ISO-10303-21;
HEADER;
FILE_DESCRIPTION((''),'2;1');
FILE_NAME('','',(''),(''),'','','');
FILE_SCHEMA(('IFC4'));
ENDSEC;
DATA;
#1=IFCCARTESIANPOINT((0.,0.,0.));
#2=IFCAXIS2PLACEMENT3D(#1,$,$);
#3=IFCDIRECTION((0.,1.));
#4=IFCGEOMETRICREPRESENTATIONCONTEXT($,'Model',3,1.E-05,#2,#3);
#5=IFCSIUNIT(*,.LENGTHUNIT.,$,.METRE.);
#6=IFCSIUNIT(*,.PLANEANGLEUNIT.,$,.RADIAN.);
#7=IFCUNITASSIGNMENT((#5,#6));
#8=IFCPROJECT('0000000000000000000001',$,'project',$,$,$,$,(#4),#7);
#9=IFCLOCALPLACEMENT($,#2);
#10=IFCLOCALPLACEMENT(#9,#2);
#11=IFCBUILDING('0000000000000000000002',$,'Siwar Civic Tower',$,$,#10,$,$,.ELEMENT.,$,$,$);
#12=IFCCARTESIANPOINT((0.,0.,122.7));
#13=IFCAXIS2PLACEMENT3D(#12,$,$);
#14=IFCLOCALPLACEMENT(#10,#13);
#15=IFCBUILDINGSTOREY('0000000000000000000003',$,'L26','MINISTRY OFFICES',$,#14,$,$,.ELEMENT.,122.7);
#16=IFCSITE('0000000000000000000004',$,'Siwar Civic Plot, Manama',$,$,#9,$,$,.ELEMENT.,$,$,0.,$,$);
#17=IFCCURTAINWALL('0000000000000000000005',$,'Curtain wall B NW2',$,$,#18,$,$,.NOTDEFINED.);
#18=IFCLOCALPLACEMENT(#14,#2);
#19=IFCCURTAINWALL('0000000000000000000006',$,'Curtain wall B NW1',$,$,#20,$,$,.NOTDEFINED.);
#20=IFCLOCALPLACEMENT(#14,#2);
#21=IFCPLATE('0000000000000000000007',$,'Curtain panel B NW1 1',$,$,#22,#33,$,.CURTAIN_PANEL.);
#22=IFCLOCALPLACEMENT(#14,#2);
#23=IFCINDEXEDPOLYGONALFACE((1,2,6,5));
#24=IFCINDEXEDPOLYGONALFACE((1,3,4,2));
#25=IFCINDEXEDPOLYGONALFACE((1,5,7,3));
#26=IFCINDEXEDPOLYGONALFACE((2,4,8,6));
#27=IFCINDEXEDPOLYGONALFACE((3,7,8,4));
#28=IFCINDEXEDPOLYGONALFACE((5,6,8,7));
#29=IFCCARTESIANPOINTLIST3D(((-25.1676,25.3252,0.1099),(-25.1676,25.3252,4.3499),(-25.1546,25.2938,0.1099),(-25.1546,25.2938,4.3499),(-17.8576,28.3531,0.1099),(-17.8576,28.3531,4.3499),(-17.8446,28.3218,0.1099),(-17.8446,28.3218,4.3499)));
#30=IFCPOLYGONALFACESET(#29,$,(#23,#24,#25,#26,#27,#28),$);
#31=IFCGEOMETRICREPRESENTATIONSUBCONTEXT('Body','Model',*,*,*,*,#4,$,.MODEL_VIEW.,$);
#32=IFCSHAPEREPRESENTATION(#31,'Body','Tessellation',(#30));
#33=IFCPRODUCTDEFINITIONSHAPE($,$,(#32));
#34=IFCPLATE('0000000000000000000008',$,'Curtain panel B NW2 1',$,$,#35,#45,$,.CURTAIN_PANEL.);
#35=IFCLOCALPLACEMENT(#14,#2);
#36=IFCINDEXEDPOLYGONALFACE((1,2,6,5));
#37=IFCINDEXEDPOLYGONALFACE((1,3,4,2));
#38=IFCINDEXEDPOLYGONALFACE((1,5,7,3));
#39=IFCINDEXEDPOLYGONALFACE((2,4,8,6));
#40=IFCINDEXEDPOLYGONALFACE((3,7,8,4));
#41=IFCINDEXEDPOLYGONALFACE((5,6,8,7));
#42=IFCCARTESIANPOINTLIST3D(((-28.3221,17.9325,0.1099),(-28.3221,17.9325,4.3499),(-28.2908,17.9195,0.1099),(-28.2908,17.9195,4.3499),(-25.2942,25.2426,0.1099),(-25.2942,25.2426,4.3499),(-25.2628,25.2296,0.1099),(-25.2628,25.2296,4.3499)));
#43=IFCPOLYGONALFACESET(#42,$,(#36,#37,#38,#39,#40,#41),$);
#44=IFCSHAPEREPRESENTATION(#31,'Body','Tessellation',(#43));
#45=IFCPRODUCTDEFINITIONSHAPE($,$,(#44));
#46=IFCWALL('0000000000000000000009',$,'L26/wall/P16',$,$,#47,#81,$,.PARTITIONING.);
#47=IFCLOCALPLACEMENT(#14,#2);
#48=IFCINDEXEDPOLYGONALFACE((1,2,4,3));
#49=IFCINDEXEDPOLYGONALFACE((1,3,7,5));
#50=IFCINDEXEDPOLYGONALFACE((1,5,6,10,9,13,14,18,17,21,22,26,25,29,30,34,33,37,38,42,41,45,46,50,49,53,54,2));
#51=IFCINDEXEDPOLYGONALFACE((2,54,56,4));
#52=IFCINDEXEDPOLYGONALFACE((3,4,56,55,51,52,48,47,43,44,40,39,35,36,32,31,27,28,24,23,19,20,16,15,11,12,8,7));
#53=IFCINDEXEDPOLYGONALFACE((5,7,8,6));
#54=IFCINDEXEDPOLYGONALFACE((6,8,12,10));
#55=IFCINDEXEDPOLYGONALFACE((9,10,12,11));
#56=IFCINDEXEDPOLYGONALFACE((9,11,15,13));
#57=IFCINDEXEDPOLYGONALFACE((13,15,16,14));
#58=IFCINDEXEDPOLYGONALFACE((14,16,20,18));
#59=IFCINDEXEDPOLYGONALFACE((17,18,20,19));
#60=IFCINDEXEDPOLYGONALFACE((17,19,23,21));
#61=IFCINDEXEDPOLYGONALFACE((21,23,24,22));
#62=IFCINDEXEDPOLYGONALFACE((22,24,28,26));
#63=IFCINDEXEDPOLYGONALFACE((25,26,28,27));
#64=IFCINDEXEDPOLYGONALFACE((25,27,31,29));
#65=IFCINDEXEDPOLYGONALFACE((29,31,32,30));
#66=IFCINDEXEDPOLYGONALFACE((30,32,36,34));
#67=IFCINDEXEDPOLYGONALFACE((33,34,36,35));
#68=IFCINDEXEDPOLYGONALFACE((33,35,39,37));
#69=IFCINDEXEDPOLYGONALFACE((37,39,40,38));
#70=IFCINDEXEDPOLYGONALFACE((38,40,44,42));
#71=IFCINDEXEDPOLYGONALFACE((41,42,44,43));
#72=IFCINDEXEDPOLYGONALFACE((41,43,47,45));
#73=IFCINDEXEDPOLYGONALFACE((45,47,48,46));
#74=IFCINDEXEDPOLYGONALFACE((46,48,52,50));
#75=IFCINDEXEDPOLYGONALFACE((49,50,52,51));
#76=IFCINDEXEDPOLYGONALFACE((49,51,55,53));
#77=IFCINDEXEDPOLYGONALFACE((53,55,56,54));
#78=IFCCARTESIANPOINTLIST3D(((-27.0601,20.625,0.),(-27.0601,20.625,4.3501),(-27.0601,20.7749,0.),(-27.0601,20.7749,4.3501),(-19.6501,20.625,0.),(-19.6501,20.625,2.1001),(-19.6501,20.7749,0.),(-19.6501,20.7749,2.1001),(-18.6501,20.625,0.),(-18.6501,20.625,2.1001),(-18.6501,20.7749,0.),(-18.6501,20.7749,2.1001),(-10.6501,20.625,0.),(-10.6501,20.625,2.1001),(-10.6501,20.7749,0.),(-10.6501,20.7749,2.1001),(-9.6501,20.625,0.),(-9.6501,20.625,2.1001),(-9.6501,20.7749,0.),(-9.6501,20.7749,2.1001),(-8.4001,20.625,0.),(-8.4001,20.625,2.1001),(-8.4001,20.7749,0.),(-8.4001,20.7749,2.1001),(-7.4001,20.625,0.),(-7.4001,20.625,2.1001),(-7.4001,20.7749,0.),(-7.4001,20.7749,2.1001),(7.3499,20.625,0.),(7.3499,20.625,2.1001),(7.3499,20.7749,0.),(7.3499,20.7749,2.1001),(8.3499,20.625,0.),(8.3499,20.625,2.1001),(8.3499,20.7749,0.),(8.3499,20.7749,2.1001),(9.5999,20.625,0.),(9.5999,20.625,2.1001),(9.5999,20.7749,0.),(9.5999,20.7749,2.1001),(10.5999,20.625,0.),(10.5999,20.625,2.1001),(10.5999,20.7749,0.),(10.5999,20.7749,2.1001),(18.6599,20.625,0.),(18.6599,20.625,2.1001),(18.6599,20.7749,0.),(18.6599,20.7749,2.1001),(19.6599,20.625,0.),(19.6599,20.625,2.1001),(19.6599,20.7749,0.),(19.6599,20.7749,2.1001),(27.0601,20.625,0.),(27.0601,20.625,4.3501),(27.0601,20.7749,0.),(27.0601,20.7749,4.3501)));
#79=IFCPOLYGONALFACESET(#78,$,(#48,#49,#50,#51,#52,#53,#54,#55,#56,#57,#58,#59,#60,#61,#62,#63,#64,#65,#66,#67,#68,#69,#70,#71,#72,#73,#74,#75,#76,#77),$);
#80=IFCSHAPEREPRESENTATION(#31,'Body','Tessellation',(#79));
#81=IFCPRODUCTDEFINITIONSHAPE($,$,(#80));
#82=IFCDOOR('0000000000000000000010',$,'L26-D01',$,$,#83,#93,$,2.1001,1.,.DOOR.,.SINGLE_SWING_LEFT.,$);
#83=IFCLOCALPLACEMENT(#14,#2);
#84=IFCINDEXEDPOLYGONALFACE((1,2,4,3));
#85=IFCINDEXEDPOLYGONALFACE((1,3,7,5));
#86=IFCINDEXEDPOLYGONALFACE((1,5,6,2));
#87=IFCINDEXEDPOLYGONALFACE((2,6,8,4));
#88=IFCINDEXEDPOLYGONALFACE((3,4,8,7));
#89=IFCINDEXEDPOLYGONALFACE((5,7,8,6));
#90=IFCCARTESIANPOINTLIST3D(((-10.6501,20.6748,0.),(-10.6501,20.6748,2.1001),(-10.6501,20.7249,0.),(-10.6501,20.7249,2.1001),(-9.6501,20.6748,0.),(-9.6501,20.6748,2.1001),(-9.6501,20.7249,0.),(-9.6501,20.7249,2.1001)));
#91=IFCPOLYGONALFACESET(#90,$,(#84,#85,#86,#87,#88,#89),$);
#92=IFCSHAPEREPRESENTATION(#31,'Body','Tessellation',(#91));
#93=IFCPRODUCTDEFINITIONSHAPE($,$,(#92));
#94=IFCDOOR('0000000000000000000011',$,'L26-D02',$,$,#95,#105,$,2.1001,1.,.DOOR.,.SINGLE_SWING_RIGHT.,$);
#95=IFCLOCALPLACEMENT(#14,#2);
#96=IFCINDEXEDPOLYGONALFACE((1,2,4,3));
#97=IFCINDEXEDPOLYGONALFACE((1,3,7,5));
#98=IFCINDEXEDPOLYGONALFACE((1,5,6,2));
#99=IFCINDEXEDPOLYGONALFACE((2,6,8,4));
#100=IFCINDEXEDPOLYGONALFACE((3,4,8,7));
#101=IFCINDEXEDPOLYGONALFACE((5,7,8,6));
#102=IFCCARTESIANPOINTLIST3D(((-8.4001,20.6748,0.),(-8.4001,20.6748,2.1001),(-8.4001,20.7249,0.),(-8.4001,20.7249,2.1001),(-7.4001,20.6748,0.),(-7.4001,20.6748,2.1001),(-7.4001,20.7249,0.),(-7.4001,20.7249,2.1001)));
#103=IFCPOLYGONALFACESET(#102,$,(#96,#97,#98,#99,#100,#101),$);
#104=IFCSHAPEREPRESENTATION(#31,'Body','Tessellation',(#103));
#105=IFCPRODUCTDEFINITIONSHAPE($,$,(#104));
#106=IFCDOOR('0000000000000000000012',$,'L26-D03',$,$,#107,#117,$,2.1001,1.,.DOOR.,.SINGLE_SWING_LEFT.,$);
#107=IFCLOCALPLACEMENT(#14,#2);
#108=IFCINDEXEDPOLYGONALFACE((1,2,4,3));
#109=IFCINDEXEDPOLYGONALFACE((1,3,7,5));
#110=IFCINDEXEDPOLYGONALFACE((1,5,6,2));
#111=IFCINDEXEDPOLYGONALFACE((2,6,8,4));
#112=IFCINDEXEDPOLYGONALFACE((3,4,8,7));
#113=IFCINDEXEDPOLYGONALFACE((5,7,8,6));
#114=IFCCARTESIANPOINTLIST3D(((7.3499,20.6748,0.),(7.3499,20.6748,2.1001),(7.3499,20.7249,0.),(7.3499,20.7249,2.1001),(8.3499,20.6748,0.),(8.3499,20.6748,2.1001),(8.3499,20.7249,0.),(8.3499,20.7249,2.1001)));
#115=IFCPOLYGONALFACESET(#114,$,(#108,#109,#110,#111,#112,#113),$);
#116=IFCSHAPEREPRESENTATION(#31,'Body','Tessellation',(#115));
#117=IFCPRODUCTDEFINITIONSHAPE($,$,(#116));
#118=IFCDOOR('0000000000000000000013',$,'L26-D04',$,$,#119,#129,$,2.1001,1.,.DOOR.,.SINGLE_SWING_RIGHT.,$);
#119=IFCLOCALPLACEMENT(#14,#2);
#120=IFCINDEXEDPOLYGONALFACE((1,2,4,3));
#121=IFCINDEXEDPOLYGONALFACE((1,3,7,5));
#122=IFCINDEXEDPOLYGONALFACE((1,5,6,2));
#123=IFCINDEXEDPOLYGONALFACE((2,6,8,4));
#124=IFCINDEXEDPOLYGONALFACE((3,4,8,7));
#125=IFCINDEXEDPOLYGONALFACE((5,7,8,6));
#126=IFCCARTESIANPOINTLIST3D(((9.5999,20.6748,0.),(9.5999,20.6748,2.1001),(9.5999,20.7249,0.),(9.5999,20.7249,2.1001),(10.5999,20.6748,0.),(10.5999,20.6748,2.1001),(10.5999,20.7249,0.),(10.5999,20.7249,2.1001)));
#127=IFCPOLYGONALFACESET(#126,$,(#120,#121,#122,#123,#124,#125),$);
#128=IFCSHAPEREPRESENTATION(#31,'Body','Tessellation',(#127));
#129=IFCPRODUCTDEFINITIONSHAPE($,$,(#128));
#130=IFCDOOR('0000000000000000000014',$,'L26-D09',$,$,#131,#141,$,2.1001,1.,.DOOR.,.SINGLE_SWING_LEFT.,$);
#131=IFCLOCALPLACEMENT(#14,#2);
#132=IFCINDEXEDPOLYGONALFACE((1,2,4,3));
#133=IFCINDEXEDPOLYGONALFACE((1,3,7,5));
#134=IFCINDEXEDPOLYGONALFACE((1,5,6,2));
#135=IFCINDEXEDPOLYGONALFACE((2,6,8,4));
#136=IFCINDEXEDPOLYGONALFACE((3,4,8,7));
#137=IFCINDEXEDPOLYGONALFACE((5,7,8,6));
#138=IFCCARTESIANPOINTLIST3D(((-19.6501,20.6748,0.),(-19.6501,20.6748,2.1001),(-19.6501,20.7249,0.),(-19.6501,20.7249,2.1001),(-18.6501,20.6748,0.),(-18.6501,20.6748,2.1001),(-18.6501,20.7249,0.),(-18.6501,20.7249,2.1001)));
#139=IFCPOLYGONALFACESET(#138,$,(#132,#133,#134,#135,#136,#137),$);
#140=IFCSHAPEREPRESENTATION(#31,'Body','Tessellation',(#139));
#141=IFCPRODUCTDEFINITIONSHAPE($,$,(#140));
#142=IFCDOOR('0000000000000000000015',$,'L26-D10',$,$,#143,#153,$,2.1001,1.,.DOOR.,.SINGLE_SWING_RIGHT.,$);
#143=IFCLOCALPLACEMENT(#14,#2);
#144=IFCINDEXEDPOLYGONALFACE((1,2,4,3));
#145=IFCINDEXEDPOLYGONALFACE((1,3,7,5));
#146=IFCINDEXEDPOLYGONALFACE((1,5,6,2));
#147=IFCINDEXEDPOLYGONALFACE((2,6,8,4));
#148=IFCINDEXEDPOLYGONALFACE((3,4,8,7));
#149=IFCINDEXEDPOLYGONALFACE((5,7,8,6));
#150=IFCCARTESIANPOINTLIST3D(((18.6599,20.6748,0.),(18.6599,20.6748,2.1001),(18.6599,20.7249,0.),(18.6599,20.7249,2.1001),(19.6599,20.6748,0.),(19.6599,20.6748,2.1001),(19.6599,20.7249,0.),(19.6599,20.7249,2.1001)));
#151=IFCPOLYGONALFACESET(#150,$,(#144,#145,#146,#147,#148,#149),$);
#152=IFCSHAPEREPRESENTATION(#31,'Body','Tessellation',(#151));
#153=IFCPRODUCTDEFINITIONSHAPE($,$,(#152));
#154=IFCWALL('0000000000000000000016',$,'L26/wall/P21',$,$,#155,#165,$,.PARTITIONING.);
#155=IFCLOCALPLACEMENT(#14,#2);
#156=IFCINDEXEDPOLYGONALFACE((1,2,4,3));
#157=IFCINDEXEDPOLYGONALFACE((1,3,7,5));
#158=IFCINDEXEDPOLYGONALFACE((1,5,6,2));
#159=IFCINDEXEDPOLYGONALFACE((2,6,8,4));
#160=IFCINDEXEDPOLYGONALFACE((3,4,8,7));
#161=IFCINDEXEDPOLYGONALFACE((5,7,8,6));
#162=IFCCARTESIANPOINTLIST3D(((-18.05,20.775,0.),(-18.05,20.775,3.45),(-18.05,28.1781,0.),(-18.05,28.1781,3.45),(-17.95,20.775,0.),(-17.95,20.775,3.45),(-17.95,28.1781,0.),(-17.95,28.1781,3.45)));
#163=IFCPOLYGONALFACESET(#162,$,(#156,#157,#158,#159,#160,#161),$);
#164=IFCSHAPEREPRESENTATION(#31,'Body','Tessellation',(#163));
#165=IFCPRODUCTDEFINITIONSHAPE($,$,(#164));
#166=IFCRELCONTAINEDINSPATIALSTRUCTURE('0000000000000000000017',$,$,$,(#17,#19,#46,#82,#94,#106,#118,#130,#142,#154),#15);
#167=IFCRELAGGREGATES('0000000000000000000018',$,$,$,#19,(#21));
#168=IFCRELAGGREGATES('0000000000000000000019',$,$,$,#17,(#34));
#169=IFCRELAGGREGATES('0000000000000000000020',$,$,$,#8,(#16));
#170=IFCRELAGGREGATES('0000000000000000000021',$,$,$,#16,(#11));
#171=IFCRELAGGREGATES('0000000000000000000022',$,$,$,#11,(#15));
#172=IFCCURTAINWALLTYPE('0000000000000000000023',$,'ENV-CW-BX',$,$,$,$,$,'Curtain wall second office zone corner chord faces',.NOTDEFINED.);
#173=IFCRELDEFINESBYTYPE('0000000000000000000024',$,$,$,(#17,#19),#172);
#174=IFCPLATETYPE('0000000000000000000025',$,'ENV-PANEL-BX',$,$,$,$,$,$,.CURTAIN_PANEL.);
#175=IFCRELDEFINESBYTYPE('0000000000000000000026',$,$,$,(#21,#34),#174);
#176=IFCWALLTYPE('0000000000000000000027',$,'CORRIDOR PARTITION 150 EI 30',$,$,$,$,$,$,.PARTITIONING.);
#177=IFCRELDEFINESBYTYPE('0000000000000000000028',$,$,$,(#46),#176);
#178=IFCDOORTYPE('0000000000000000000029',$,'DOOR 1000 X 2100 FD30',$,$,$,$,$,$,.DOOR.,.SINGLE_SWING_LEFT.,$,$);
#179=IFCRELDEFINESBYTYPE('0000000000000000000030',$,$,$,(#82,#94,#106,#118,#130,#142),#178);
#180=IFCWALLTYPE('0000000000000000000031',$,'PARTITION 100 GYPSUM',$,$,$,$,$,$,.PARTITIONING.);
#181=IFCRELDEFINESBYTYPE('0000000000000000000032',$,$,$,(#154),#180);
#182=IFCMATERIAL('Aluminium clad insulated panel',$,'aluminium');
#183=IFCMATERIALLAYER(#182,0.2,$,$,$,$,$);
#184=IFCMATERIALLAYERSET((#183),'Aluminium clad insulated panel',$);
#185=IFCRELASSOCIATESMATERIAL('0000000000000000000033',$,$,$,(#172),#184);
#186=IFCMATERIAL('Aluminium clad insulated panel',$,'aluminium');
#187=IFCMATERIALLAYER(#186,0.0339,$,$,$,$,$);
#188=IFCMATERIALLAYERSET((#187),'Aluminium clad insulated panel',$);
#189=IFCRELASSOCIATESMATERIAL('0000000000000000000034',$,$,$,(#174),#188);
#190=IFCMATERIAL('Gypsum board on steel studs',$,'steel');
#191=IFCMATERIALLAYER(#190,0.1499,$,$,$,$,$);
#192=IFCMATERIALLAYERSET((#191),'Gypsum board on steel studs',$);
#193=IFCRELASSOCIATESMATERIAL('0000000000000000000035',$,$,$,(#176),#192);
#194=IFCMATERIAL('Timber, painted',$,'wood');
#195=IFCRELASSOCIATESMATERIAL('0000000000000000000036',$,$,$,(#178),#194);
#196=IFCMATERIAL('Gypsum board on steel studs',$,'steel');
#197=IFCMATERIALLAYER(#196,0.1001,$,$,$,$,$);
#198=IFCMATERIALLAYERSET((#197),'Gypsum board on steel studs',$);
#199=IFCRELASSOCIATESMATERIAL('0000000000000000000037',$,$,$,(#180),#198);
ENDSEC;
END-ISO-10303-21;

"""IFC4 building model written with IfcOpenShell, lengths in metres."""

from ifc_helpers import new_model, si_unit, direction, frame, frame_2d, origin, origin_2d, place, context, subcontext, project, spatial, rectangle, extrude, material, layer, layer_set, type_object, element, fill, aggregate, save


model = new_model("IFC4")

# Units and contexts
model_context = context("Model", 3, precision=1e-05, world=origin(), true_north=direction((0.0, 1.0)))
body_context = subcontext(model_context, "Body", "Model", "MODEL_VIEW")
ifc_project = project(units=[si_unit("LENGTHUNIT", "METRE"), si_unit("PLANEANGLEUNIT", "RADIAN")], contexts=[model_context])

# Site, building, storey
site_placement = place(None, origin())
site = spatial("IfcSite", under=ifc_project, at=site_placement, Name="Siwar Civic Plot, Manama", CompositionType="ELEMENT", RefElevation=0.0)
building_placement = place(site_placement, origin())
building = spatial("IfcBuilding", under=site, at=building_placement, Name="Siwar Civic Tower", CompositionType="ELEMENT")
storey_placement = place(building_placement, frame((0.0, 0.0, 122.7)))
storey = spatial("IfcBuildingStorey", under=building, at=storey_placement, Name="L26", Description="MINISTRY OFFICES", CompositionType="ELEMENT", Elevation=122.7)

# Curtain walls
ifc_material_1 = material(Name="Aluminium clad insulated panel", Category="aluminium")
ifc_layer_1 = layer(ifc_material_1, 0.2)
ifc_layer_set_1 = layer_set([ifc_layer_1], Name="Aluminium clad insulated panel")
curtain_wall_type = type_object("IfcCurtainWallType", Name="ENV-CW-BX", ElementType="Curtain wall second office zone corner chord faces", PredefinedType="NOTDEFINED", material=ifc_layer_set_1)
curtain_wall_1_placement = place(storey_placement, origin())
curtain_wall_1 = element("IfcCurtainWall", 1, at=curtain_wall_1_placement, inside=storey, type_object=curtain_wall_type, Name="Curtain wall B NW2", PredefinedType="NOTDEFINED")
curtain_wall_2_placement = place(storey_placement, origin())
curtain_wall_2 = element("IfcCurtainWall", 2, at=curtain_wall_2_placement, inside=storey, type_object=curtain_wall_type, Name="Curtain wall B NW1", PredefinedType="NOTDEFINED")

# Plates
ifc_material_2 = material(Name="Aluminium clad insulated panel", Category="aluminium")
ifc_layer_2 = layer(ifc_material_2, 0.0339)
ifc_layer_set_2 = layer_set([ifc_layer_2], Name="Aluminium clad insulated panel")
plate_type = type_object("IfcPlateType", Name="ENV-PANEL-BX", PredefinedType="CURTAIN_PANEL", material=ifc_layer_set_2)
plate_1_placement = place(storey_placement, frame((-21.5061, 26.8235, 0.1099), z_axis=(0.0, 0.0, 1.0), x_axis=(-0.92388, -0.382683, 0.0)))
plate_1 = element("IfcPlate", 3, at=plate_1_placement, type_object=plate_type, Name="Curtain panel B NW1 1", PredefinedType="CURTAIN_PANEL", context=body_context, shape_type="SweptSolid", body=[
    extrude(rectangle(XDim=7.9124, YDim=0.0339, at=origin_2d()), origin(), (0.0, 0.0, 1.0), 4.24),
])
aggregate(curtain_wall_2, [plate_1])
plate_2_placement = place(storey_placement, frame((-26.7925, 21.5811, 0.1099), z_axis=(0.0, 0.0, 1.0), x_axis=(-0.382683, -0.92388, 0.0)))
plate_2 = element("IfcPlate", 4, at=plate_2_placement, type_object=plate_type, Name="Curtain panel B NW2 1", PredefinedType="CURTAIN_PANEL", context=body_context, shape_type="SweptSolid", body=[
    extrude(rectangle(XDim=7.9124, YDim=0.0339, at=origin_2d()), origin(), (0.0, 0.0, 1.0), 4.24),
])
aggregate(curtain_wall_1, [plate_2])

# Wall, openings, doors
ifc_material_3 = material(Name="Gypsum board on steel studs", Category="steel")
ifc_layer_3 = layer(ifc_material_3, 0.1499)
ifc_layer_set_3 = layer_set([ifc_layer_3], Name="Gypsum board on steel studs")
wall_type_1 = type_object("IfcWallType", Name="CORRIDOR PARTITION 150 EI 30", PredefinedType="PARTITIONING", material=ifc_layer_set_3)
wall_1_placement = place(storey_placement, frame((-27.0601, 20.7, 0.0), z_axis=(0.0, 0.0, 1.0), x_axis=(1.0, 0.0, 0.0)))
wall_1 = element("IfcWall", 5, at=wall_1_placement, inside=storey, type_object=wall_type_1, Name="L26/wall/P16", PredefinedType="PARTITIONING", context=body_context, shape_type="SweptSolid", body=[
    extrude(rectangle(XDim=54.1201, YDim=0.1499, at=frame_2d((27.0601, 0.0))), origin(), (0.0, 0.0, 1.0), 4.3501),
])
opening_1_placement = place(wall_1_placement, frame((16.4099, 0.0, 0.0)))
opening_1 = element("IfcOpeningElement", 6, at=opening_1_placement, cuts=wall_1, PredefinedType="OPENING", context=body_context, shape_type="SweptSolid", body=[
    extrude(rectangle(XDim=1.0, YDim=2.1001, at=frame_2d((0.5, 1.05))), frame((0.0, 0.085, 0.0), z_axis=(0.0, -1.0, 0.0), x_axis=(1.0, 0.0, 0.0)), (0.0, 0.0, 1.0), 0.1699),
])
opening_2_placement = place(wall_1_placement, frame((18.6599, 0.0, 0.0)))
opening_2 = element("IfcOpeningElement", 7, at=opening_2_placement, cuts=wall_1, PredefinedType="OPENING", context=body_context, shape_type="SweptSolid", body=[
    extrude(rectangle(XDim=1.0, YDim=2.1001, at=frame_2d((0.5, 1.05))), frame((0.0, 0.085, 0.0), z_axis=(0.0, -1.0, 0.0), x_axis=(1.0, 0.0, 0.0)), (0.0, 0.0, 1.0), 0.1699),
])
opening_3_placement = place(wall_1_placement, frame((34.4099, 0.0, 0.0)))
opening_3 = element("IfcOpeningElement", 8, at=opening_3_placement, cuts=wall_1, PredefinedType="OPENING", context=body_context, shape_type="SweptSolid", body=[
    extrude(rectangle(XDim=1.0, YDim=2.1001, at=frame_2d((0.5, 1.05))), frame((0.0, 0.085, 0.0), z_axis=(0.0, -1.0, 0.0), x_axis=(1.0, 0.0, 0.0)), (0.0, 0.0, 1.0), 0.1699),
])
opening_4_placement = place(wall_1_placement, frame((36.6599, 0.0, 0.0)))
opening_4 = element("IfcOpeningElement", 9, at=opening_4_placement, cuts=wall_1, PredefinedType="OPENING", context=body_context, shape_type="SweptSolid", body=[
    extrude(rectangle(XDim=1.0, YDim=2.1001, at=frame_2d((0.5, 1.05))), frame((0.0, 0.085, 0.0), z_axis=(0.0, -1.0, 0.0), x_axis=(1.0, 0.0, 0.0)), (0.0, 0.0, 1.0), 0.1699),
])
opening_5_placement = place(wall_1_placement, frame((7.4099, 0.0, 0.0)))
opening_5 = element("IfcOpeningElement", 10, at=opening_5_placement, cuts=wall_1, PredefinedType="OPENING", context=body_context, shape_type="SweptSolid", body=[
    extrude(rectangle(XDim=1.0, YDim=2.1001, at=frame_2d((0.5, 1.05))), frame((0.0, 0.085, 0.0), z_axis=(0.0, -1.0, 0.0), x_axis=(1.0, 0.0, 0.0)), (0.0, 0.0, 1.0), 0.1699),
])
opening_6_placement = place(wall_1_placement, frame((45.72, 0.0, 0.0)))
opening_6 = element("IfcOpeningElement", 11, at=opening_6_placement, cuts=wall_1, PredefinedType="OPENING", context=body_context, shape_type="SweptSolid", body=[
    extrude(rectangle(XDim=1.0, YDim=2.1001, at=frame_2d((0.5, 1.05))), frame((0.0, 0.085, 0.0), z_axis=(0.0, -1.0, 0.0), x_axis=(1.0, 0.0, 0.0)), (0.0, 0.0, 1.0), 0.1699),
])
ifc_material_4 = material(Name="Timber, painted", Category="wood")
door_type = type_object("IfcDoorType", Name="DOOR 1000 X 2100 FD30", OperationType="SINGLE_SWING_LEFT", PredefinedType="DOOR", material=ifc_material_4)
door_1_placement = place(opening_1_placement, origin())
door_1 = element("IfcDoor", 12, at=door_1_placement, inside=storey, type_object=door_type, Name="L26-D01", OperationType="SINGLE_SWING_LEFT", OverallHeight=2.1001, OverallWidth=1.0, PredefinedType="DOOR", context=body_context, shape_type="SweptSolid", body=[
    extrude(rectangle(XDim=1.0, YDim=2.1001, at=frame_2d((0.5, 1.05))), frame((0.0, 0.0249, 0.0), z_axis=(0.0, -1.0, 0.0), x_axis=(1.0, 0.0, 0.0)), (0.0, 0.0, 1.0), 0.05),
])
fill(opening_1, door_1)
door_2_placement = place(opening_2_placement, origin())
door_2 = element("IfcDoor", 13, at=door_2_placement, inside=storey, type_object=door_type, Name="L26-D02", OperationType="SINGLE_SWING_RIGHT", OverallHeight=2.1001, OverallWidth=1.0, PredefinedType="DOOR", context=body_context, shape_type="SweptSolid", body=[
    extrude(rectangle(XDim=1.0, YDim=2.1001, at=frame_2d((0.5, 1.05))), frame((0.0, 0.0249, 0.0), z_axis=(0.0, -1.0, 0.0), x_axis=(1.0, 0.0, 0.0)), (0.0, 0.0, 1.0), 0.05),
])
fill(opening_2, door_2)
door_3_placement = place(opening_3_placement, origin())
door_3 = element("IfcDoor", 14, at=door_3_placement, inside=storey, type_object=door_type, Name="L26-D03", OperationType="SINGLE_SWING_LEFT", OverallHeight=2.1001, OverallWidth=1.0, PredefinedType="DOOR", context=body_context, shape_type="SweptSolid", body=[
    extrude(rectangle(XDim=1.0, YDim=2.1001, at=frame_2d((0.5, 1.05))), frame((0.0, 0.0249, 0.0), z_axis=(0.0, -1.0, 0.0), x_axis=(1.0, 0.0, 0.0)), (0.0, 0.0, 1.0), 0.05),
])
fill(opening_3, door_3)
door_4_placement = place(opening_4_placement, origin())
door_4 = element("IfcDoor", 15, at=door_4_placement, inside=storey, type_object=door_type, Name="L26-D04", OperationType="SINGLE_SWING_RIGHT", OverallHeight=2.1001, OverallWidth=1.0, PredefinedType="DOOR", context=body_context, shape_type="SweptSolid", body=[
    extrude(rectangle(XDim=1.0, YDim=2.1001, at=frame_2d((0.5, 1.05))), frame((0.0, 0.0249, 0.0), z_axis=(0.0, -1.0, 0.0), x_axis=(1.0, 0.0, 0.0)), (0.0, 0.0, 1.0), 0.05),
])
fill(opening_4, door_4)
door_5_placement = place(opening_5_placement, origin())
door_5 = element("IfcDoor", 16, at=door_5_placement, inside=storey, type_object=door_type, Name="L26-D09", OperationType="SINGLE_SWING_LEFT", OverallHeight=2.1001, OverallWidth=1.0, PredefinedType="DOOR", context=body_context, shape_type="SweptSolid", body=[
    extrude(rectangle(XDim=1.0, YDim=2.1001, at=frame_2d((0.5, 1.05))), frame((0.0, 0.0249, 0.0), z_axis=(0.0, -1.0, 0.0), x_axis=(1.0, 0.0, 0.0)), (0.0, 0.0, 1.0), 0.05),
])
fill(opening_5, door_5)
door_6_placement = place(opening_6_placement, origin())
door_6 = element("IfcDoor", 17, at=door_6_placement, inside=storey, type_object=door_type, Name="L26-D10", OperationType="SINGLE_SWING_RIGHT", OverallHeight=2.1001, OverallWidth=1.0, PredefinedType="DOOR", context=body_context, shape_type="SweptSolid", body=[
    extrude(rectangle(XDim=1.0, YDim=2.1001, at=frame_2d((0.5, 1.05))), frame((0.0, 0.0249, 0.0), z_axis=(0.0, -1.0, 0.0), x_axis=(1.0, 0.0, 0.0)), (0.0, 0.0, 1.0), 0.05),
])
fill(opening_6, door_6)

# Wall
ifc_material_5 = material(Name="Gypsum board on steel studs", Category="steel")
ifc_layer_4 = layer(ifc_material_5, 0.1001)
ifc_layer_set_4 = layer_set([ifc_layer_4], Name="Gypsum board on steel studs")
wall_type_2 = type_object("IfcWallType", Name="PARTITION 100 GYPSUM", PredefinedType="PARTITIONING", material=ifc_layer_set_4)
wall_2_placement = place(storey_placement, frame((-18.0, 20.7749, 0.0), z_axis=(0.0, 0.0, 1.0), x_axis=(0.0, 1.0, 0.0)))
element("IfcWall", 18, at=wall_2_placement, inside=storey, type_object=wall_type_2, Name="L26/wall/P21", PredefinedType="PARTITIONING", context=body_context, shape_type="SweptSolid", body=[
    extrude(rectangle(XDim=7.4031, YDim=0.1001, at=frame_2d((3.7017, 0.0))), origin(), (0.0, 0.0, 1.0), 3.45),
])

save(model, "model.ifc")
